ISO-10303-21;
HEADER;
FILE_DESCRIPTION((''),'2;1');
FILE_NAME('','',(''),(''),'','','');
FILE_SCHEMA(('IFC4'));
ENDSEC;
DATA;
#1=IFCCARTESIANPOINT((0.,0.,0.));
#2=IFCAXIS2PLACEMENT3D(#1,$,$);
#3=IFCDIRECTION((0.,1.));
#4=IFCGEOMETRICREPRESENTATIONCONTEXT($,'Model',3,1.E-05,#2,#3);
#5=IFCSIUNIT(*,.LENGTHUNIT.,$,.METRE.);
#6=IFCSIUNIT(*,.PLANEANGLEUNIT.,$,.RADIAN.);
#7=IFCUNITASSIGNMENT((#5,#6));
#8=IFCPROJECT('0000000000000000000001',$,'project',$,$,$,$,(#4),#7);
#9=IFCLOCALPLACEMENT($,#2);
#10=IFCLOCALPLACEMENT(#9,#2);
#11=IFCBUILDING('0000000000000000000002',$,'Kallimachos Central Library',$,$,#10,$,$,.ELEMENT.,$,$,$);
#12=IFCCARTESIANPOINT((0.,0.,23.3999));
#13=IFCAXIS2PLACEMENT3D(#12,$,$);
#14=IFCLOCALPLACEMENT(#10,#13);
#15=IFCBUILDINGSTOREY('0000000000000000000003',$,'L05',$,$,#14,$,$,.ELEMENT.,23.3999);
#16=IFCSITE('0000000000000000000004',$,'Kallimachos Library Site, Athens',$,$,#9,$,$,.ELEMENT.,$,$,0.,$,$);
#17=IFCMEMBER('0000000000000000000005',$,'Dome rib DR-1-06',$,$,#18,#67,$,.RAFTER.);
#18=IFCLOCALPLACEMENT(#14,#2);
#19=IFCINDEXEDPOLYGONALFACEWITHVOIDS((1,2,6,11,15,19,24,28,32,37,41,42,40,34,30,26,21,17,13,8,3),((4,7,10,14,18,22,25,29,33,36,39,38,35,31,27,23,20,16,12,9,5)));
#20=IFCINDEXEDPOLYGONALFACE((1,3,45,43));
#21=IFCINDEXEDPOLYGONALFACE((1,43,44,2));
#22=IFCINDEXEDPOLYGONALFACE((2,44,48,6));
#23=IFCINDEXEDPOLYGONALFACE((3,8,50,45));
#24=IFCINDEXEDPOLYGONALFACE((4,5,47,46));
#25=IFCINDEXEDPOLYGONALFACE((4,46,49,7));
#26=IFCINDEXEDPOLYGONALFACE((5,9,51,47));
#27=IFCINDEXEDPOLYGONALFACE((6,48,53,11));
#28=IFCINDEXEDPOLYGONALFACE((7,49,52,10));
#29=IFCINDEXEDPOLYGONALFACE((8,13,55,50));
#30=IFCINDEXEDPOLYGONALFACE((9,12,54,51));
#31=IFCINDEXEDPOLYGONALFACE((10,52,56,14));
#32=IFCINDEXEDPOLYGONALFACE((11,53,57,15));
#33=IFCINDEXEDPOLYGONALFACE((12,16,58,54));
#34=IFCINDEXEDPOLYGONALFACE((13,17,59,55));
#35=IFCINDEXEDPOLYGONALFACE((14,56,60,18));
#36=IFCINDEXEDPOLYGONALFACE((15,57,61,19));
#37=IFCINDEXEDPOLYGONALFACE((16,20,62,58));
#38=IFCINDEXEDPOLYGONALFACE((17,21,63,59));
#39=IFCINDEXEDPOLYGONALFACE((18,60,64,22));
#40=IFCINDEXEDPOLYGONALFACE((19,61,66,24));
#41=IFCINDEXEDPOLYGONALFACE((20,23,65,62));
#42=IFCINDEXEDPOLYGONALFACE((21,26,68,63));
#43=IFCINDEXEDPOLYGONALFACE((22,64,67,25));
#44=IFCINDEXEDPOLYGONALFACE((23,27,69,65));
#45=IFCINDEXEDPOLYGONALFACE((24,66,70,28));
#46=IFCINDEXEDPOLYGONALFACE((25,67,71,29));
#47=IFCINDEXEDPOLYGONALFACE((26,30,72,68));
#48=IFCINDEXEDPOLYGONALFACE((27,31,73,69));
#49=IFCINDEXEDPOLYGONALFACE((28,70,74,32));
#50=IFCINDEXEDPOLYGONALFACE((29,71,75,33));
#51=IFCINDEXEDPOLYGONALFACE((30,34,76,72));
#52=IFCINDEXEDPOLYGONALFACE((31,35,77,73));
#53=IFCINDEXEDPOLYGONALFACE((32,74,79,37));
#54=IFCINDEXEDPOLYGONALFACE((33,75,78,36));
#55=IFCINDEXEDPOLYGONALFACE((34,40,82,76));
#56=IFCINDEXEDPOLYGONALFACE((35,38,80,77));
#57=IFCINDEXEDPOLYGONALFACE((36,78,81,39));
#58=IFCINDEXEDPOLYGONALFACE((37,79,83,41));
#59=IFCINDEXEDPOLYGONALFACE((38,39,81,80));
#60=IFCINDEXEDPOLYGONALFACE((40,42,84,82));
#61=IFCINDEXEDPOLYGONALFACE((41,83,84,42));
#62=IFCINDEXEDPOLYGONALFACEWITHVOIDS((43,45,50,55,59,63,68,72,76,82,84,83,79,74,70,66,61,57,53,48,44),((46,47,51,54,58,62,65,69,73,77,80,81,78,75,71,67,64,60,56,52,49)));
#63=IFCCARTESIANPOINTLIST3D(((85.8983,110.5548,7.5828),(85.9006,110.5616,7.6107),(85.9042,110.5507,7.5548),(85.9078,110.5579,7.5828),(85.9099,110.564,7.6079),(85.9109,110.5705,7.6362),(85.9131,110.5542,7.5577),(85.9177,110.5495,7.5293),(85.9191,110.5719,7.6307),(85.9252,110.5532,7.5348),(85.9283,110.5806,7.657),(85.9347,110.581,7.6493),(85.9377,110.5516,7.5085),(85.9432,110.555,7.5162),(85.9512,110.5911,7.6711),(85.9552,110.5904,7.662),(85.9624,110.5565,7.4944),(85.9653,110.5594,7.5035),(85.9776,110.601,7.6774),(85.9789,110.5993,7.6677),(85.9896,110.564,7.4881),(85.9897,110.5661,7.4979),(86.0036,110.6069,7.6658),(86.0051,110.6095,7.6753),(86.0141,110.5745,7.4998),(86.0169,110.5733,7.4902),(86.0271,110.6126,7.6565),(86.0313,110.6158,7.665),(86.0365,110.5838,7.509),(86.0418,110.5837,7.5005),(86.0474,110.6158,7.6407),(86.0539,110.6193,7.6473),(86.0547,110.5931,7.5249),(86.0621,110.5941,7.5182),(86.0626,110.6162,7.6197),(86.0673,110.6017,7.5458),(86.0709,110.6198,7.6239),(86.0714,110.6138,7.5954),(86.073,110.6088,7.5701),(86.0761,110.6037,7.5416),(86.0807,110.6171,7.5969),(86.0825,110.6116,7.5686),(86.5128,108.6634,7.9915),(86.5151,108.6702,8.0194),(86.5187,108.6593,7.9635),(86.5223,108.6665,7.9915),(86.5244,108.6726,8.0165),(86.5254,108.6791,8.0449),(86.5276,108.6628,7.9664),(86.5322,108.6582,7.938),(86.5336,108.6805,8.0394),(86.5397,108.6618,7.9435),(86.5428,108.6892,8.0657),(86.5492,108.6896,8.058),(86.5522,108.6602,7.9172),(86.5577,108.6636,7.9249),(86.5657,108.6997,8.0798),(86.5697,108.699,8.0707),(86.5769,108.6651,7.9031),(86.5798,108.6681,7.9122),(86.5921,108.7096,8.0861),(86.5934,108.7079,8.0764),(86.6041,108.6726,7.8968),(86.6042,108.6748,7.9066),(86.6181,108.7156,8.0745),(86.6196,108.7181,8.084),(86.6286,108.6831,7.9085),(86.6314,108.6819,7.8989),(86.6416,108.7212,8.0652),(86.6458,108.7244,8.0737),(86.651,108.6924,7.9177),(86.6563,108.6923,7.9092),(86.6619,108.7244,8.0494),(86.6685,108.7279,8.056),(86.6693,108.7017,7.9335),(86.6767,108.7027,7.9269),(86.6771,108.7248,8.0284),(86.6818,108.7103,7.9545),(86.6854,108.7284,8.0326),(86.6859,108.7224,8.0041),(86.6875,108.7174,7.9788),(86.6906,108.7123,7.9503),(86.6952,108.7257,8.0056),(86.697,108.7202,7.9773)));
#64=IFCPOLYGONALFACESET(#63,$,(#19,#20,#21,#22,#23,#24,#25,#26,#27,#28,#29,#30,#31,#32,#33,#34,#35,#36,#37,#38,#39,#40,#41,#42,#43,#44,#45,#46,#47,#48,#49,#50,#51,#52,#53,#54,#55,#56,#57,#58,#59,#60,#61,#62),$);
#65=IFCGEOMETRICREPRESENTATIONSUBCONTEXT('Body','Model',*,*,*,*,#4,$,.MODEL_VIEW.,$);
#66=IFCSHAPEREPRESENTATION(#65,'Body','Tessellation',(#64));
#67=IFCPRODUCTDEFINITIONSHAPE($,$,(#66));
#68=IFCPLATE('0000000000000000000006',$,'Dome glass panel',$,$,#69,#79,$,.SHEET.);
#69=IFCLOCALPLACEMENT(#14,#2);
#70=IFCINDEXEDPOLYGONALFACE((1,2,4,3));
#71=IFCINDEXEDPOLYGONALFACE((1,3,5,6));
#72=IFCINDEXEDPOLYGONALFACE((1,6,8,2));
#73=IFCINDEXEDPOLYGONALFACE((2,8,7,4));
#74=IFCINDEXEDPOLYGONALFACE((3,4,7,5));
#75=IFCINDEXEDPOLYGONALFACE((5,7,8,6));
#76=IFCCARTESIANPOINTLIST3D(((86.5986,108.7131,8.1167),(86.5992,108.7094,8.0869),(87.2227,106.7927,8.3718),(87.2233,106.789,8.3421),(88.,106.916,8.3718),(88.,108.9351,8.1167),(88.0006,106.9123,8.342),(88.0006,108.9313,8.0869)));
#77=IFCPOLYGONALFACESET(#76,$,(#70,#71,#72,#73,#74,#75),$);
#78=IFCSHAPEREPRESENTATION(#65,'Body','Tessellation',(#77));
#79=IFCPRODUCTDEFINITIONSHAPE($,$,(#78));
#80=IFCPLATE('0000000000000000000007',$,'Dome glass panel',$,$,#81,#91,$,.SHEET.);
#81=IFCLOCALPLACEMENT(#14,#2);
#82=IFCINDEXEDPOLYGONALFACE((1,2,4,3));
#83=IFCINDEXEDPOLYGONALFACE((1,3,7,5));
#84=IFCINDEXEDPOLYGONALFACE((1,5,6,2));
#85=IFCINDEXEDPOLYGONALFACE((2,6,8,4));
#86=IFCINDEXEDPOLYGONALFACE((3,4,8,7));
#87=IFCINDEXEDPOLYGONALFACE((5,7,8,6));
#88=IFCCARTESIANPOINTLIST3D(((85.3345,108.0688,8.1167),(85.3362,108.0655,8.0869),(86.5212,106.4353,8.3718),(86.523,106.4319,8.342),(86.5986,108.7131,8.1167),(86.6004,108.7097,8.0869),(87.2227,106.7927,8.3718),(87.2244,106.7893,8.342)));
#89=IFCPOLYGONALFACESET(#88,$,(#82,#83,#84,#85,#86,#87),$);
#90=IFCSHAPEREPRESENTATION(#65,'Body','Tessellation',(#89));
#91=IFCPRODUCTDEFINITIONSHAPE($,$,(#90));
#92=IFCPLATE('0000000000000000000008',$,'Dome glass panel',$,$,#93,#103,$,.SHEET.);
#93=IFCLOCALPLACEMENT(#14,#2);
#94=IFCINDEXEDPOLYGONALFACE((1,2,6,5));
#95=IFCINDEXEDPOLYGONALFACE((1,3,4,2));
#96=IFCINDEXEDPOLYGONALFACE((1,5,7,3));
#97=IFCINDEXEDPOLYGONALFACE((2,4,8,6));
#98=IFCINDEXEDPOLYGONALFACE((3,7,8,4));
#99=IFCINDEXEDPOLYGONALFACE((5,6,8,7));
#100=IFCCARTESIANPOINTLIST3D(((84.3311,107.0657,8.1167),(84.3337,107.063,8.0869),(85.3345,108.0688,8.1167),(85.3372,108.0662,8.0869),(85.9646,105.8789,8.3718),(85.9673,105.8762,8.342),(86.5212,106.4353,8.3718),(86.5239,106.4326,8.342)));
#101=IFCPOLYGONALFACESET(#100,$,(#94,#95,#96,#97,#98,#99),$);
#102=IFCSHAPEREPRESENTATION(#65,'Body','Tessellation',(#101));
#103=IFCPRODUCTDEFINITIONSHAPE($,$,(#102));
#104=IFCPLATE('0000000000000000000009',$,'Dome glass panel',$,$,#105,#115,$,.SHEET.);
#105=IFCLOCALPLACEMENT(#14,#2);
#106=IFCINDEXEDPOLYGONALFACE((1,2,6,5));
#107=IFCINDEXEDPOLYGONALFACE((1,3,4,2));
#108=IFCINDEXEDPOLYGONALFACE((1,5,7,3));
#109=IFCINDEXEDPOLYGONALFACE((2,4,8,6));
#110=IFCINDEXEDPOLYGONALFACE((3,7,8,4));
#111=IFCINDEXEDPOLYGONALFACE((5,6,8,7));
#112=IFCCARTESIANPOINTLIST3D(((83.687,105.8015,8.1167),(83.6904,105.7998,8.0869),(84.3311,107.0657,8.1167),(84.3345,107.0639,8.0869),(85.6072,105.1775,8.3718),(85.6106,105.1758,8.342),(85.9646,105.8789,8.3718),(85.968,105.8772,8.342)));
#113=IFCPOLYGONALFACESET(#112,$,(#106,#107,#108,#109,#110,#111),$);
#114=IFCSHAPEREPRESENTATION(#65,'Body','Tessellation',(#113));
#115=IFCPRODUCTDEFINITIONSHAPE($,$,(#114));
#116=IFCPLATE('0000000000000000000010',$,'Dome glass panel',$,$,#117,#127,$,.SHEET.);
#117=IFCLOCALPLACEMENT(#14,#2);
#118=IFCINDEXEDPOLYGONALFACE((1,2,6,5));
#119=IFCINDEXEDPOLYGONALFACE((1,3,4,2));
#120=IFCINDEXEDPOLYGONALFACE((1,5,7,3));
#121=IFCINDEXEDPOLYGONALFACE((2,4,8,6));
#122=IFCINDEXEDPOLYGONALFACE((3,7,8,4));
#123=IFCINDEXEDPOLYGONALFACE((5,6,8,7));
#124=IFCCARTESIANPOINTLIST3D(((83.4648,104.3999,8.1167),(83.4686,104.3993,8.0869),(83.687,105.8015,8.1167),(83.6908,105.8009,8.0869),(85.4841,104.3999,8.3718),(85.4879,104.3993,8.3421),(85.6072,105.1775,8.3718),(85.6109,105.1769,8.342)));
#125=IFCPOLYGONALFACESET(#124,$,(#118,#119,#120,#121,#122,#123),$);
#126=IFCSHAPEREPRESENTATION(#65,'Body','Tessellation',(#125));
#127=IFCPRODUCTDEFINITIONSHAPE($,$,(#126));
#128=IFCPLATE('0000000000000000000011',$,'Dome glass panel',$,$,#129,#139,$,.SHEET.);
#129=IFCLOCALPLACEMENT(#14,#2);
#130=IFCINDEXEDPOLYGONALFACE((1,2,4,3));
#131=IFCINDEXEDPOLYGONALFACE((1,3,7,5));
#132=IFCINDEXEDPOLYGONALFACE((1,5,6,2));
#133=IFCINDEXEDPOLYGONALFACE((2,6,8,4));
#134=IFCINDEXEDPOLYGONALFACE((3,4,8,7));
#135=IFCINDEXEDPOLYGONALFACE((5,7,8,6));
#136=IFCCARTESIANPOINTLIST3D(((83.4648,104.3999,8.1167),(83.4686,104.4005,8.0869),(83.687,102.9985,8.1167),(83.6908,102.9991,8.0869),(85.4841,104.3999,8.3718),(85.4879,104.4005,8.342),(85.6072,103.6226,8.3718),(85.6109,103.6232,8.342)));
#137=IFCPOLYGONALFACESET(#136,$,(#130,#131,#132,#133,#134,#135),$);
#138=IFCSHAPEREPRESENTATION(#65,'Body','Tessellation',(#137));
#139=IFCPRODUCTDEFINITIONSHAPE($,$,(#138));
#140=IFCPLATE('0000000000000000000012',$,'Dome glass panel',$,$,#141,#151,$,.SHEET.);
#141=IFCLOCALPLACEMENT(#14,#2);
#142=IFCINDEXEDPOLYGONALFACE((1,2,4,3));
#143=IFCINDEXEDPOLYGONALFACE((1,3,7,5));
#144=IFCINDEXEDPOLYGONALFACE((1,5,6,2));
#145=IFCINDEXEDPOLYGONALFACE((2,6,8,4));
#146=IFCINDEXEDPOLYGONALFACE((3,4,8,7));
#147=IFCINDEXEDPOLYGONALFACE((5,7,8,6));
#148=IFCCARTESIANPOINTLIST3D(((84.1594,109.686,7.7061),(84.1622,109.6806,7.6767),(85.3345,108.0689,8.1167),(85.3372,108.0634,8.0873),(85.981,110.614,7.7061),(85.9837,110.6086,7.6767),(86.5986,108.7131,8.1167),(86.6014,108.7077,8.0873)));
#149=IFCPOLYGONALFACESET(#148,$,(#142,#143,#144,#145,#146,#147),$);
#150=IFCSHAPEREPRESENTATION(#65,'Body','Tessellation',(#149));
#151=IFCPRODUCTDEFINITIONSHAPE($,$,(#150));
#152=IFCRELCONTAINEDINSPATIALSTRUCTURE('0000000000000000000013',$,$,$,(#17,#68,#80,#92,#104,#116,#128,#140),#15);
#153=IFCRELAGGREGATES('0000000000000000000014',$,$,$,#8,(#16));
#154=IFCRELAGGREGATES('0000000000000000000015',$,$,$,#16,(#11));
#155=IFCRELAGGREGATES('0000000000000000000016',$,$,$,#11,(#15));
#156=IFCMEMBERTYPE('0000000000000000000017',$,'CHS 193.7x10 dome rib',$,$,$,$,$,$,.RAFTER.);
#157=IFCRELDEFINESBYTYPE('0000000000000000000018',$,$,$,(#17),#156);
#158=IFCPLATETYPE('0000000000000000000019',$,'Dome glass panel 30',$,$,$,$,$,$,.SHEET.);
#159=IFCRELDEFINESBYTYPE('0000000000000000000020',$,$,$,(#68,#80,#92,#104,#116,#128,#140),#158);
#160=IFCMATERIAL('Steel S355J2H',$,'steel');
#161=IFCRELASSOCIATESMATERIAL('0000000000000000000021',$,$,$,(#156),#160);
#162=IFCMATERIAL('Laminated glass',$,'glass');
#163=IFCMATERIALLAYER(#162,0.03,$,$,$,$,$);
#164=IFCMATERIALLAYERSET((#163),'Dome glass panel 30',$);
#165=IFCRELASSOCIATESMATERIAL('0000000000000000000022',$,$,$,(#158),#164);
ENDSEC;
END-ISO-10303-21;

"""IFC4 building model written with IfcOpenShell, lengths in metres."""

from ifc_helpers import new_model, si_unit, direction, frame, origin, origin_2d, place, context, subcontext, project, spatial, polyline, hollow_circle, outline, extrude, material, layer, layer_set, material_profile, profile_set, type_object, element, save


model = new_model("IFC4")

# Units and contexts
model_context = context("Model", 3, precision=1e-05, world=origin(), true_north=direction((0.0, 1.0)))
body_context = subcontext(model_context, "Body", "Model", "MODEL_VIEW")
ifc_project = project(units=[si_unit("LENGTHUNIT", "METRE"), si_unit("PLANEANGLEUNIT", "RADIAN")], contexts=[model_context])

# Site, building, storey
site_placement = place(None, origin())
site = spatial("IfcSite", under=ifc_project, at=site_placement, Name="Kallimachos Library Site, Athens", CompositionType="ELEMENT", RefElevation=0.0)
building_placement = place(site_placement, origin())
building = spatial("IfcBuilding", under=site, at=building_placement, Name="Kallimachos Central Library", CompositionType="ELEMENT")
storey_placement = place(building_placement, frame((0.0, 0.0, 23.3999)))
storey = spatial("IfcBuildingStorey", under=building, at=storey_placement, Name="L05", CompositionType="ELEMENT", Elevation=23.3999)

# Member
ifc_material_1 = material(Name="Steel S355J2H", Category="steel")
ifc_material_profile_1 = material_profile(ifc_material_1, hollow_circle(Radius=0.0969, WallThickness=0.01, at=origin_2d()), Name="CHS 193.7x10")
ifc_profile_set_1 = profile_set([ifc_material_profile_1], Name="Steel S355J2H")
member_type_1 = type_object("IfcMemberType", Name="CHS 193.7x10 dome rib", PredefinedType="RAFTER", material=ifc_profile_set_1)
for number, where, z_axis, x_axis, name in (
    (1, (86.605, 108.6934, 7.9915), (-0.302675, 0.931593, -0.201302), (-0.951062, -0.309, 0.0), "Dome rib DR-1-06"),
):
    element("IfcMember", number, at=place(storey_placement, frame(where, z_axis=z_axis, x_axis=x_axis)), inside=storey, type_object=member_type_1, Name=name, PredefinedType="RAFTER", context=body_context, shape_type="SweptSolid", body=[
        extrude(hollow_circle(Radius=0.0969, WallThickness=0.01, at=origin_2d()), origin(), (0.0, 0.0, 1.0), 2.0303),
    ])

# Plates
ifc_material_2 = material(Name="Laminated glass", Category="glass")
ifc_layer = layer(ifc_material_2, 0.03)
ifc_layer_set = layer_set([ifc_layer], Name="Dome glass panel 30")
plate_type = type_object("IfcPlateType", Name="Dome glass panel 30", PredefinedType="SHEET", material=ifc_layer_set)
plate_1_placement = place(storey_placement, frame((88.0, 106.916, 8.3718), z_axis=(-0.019859, 0.125331, 0.991916), x_axis=(0.0, 0.992112, -0.125356)))
element("IfcPlate", 2, at=plate_1_placement, inside=storey, type_object=plate_type, Name="Dome glass panel", PredefinedType="SHEET", context=body_context, shape_type="SweptSolid", body=[
    extrude(outline(polyline([(0.0, 0.0), (2.0351, 0.0), (1.8149, 1.4016), (-0.1223, 0.7775), (0.0, 0.0)])), origin(), (0.0, 0.0, -1.0), 0.03),
])
plate_2_placement = place(storey_placement, frame((87.2227, 106.7927, 8.3718), z_axis=(-0.057617, 0.113057, 0.991917), x_axis=(-0.306599, 0.943548, -0.125353)))
element("IfcPlate", 3, at=plate_2_placement, inside=storey, type_object=plate_type, Name="Dome glass panel", PredefinedType="SHEET", context=body_context, shape_type="SweptSolid", body=[
    extrude(outline(polyline([(0.0, 0.0), (2.0353, 0.0), (1.815, 1.4017), (-0.1222, 0.7777), (0.0, 0.0)])), origin(), (0.0, 0.0, -1.0), 0.03),
])
plate_3_placement = place(storey_placement, frame((86.5212, 106.4353, 8.3718), z_axis=(-0.089715, 0.089743, 0.991916), x_axis=(-0.583125, 0.802652, -0.125361)))
element("IfcPlate", 4, at=plate_3_placement, inside=storey, type_object=plate_type, Name="Dome glass panel", PredefinedType="SHEET", context=body_context, shape_type="SweptSolid", body=[
    extrude(outline(polyline([(0.0, 0.0), (2.0352, 0.0), (1.8151, 1.4017), (-0.122, 0.7775), (0.0, 0.0)])), origin(), (0.0, 0.0, -1.0), 0.03),
])
plate_4_placement = place(storey_placement, frame((85.9646, 105.8789, 8.3718), z_axis=(-0.113068, 0.057608, 0.991916), x_axis=(-0.802652, 0.583125, -0.125361)))
element("IfcPlate", 5, at=plate_4_placement, inside=storey, type_object=plate_type, Name="Dome glass panel", PredefinedType="SHEET", context=body_context, shape_type="SweptSolid", body=[
    extrude(outline(polyline([(0.0, 0.0), (2.0352, 0.0), (1.815, 1.4016), (-0.1221, 0.7777), (0.0, 0.0)])), origin(), (0.0, 0.0, -1.0), 0.03),
])
plate_5_placement = place(storey_placement, frame((85.6072, 105.1775, 8.3718), z_axis=(-0.125332, 0.019854, 0.991916), x_axis=(-0.943537, 0.306634, -0.125357)))
element("IfcPlate", 6, at=plate_5_placement, inside=storey, type_object=plate_type, Name="Dome glass panel", PredefinedType="SHEET", context=body_context, shape_type="SweptSolid", body=[
    extrude(outline(polyline([(0.0, 0.0), (2.0351, 0.0), (1.8149, 1.4019), (-0.1223, 0.7777), (0.0, 0.0)])), origin(), (0.0, 0.0, -1.0), 0.03),
])
plate_6_placement = place(storey_placement, frame((85.4841, 104.3999, 8.3718), z_axis=(-0.125331, -0.019859, 0.991916), x_axis=(-0.992112, 0.0, -0.125356)))
element("IfcPlate", 7, at=plate_6_placement, inside=storey, type_object=plate_type, Name="Dome glass panel", PredefinedType="SHEET", context=body_context, shape_type="SweptSolid", body=[
    extrude(outline(polyline([(0.0, 0.0), (2.0353, 0.0), (1.8149, 1.4016), (-0.1221, 0.7775), (0.0, 0.0)])), origin(), (0.0, 0.0, -1.0), 0.03),
])
plate_7_placement = place(storey_placement, frame((86.5986, 108.7131, 8.1167), z_axis=(-0.092453, 0.181445, 0.979045), x_axis=(-0.302715, 0.931594, -0.201237)))
element("IfcPlate", 8, at=plate_7_placement, inside=storey, type_object=plate_type, Name="Dome glass panel", PredefinedType="SHEET", context=body_context, shape_type="SweptSolid", body=[
    extrude(outline(polyline([(0.0, 0.0), (2.0405, 0.0), (1.7274, 2.0202), (-0.2175, 1.4021), (0.0, 0.0)])), origin(), (0.0, 0.0, -1.0), 0.03),
])

save(model, "model.ifc")
